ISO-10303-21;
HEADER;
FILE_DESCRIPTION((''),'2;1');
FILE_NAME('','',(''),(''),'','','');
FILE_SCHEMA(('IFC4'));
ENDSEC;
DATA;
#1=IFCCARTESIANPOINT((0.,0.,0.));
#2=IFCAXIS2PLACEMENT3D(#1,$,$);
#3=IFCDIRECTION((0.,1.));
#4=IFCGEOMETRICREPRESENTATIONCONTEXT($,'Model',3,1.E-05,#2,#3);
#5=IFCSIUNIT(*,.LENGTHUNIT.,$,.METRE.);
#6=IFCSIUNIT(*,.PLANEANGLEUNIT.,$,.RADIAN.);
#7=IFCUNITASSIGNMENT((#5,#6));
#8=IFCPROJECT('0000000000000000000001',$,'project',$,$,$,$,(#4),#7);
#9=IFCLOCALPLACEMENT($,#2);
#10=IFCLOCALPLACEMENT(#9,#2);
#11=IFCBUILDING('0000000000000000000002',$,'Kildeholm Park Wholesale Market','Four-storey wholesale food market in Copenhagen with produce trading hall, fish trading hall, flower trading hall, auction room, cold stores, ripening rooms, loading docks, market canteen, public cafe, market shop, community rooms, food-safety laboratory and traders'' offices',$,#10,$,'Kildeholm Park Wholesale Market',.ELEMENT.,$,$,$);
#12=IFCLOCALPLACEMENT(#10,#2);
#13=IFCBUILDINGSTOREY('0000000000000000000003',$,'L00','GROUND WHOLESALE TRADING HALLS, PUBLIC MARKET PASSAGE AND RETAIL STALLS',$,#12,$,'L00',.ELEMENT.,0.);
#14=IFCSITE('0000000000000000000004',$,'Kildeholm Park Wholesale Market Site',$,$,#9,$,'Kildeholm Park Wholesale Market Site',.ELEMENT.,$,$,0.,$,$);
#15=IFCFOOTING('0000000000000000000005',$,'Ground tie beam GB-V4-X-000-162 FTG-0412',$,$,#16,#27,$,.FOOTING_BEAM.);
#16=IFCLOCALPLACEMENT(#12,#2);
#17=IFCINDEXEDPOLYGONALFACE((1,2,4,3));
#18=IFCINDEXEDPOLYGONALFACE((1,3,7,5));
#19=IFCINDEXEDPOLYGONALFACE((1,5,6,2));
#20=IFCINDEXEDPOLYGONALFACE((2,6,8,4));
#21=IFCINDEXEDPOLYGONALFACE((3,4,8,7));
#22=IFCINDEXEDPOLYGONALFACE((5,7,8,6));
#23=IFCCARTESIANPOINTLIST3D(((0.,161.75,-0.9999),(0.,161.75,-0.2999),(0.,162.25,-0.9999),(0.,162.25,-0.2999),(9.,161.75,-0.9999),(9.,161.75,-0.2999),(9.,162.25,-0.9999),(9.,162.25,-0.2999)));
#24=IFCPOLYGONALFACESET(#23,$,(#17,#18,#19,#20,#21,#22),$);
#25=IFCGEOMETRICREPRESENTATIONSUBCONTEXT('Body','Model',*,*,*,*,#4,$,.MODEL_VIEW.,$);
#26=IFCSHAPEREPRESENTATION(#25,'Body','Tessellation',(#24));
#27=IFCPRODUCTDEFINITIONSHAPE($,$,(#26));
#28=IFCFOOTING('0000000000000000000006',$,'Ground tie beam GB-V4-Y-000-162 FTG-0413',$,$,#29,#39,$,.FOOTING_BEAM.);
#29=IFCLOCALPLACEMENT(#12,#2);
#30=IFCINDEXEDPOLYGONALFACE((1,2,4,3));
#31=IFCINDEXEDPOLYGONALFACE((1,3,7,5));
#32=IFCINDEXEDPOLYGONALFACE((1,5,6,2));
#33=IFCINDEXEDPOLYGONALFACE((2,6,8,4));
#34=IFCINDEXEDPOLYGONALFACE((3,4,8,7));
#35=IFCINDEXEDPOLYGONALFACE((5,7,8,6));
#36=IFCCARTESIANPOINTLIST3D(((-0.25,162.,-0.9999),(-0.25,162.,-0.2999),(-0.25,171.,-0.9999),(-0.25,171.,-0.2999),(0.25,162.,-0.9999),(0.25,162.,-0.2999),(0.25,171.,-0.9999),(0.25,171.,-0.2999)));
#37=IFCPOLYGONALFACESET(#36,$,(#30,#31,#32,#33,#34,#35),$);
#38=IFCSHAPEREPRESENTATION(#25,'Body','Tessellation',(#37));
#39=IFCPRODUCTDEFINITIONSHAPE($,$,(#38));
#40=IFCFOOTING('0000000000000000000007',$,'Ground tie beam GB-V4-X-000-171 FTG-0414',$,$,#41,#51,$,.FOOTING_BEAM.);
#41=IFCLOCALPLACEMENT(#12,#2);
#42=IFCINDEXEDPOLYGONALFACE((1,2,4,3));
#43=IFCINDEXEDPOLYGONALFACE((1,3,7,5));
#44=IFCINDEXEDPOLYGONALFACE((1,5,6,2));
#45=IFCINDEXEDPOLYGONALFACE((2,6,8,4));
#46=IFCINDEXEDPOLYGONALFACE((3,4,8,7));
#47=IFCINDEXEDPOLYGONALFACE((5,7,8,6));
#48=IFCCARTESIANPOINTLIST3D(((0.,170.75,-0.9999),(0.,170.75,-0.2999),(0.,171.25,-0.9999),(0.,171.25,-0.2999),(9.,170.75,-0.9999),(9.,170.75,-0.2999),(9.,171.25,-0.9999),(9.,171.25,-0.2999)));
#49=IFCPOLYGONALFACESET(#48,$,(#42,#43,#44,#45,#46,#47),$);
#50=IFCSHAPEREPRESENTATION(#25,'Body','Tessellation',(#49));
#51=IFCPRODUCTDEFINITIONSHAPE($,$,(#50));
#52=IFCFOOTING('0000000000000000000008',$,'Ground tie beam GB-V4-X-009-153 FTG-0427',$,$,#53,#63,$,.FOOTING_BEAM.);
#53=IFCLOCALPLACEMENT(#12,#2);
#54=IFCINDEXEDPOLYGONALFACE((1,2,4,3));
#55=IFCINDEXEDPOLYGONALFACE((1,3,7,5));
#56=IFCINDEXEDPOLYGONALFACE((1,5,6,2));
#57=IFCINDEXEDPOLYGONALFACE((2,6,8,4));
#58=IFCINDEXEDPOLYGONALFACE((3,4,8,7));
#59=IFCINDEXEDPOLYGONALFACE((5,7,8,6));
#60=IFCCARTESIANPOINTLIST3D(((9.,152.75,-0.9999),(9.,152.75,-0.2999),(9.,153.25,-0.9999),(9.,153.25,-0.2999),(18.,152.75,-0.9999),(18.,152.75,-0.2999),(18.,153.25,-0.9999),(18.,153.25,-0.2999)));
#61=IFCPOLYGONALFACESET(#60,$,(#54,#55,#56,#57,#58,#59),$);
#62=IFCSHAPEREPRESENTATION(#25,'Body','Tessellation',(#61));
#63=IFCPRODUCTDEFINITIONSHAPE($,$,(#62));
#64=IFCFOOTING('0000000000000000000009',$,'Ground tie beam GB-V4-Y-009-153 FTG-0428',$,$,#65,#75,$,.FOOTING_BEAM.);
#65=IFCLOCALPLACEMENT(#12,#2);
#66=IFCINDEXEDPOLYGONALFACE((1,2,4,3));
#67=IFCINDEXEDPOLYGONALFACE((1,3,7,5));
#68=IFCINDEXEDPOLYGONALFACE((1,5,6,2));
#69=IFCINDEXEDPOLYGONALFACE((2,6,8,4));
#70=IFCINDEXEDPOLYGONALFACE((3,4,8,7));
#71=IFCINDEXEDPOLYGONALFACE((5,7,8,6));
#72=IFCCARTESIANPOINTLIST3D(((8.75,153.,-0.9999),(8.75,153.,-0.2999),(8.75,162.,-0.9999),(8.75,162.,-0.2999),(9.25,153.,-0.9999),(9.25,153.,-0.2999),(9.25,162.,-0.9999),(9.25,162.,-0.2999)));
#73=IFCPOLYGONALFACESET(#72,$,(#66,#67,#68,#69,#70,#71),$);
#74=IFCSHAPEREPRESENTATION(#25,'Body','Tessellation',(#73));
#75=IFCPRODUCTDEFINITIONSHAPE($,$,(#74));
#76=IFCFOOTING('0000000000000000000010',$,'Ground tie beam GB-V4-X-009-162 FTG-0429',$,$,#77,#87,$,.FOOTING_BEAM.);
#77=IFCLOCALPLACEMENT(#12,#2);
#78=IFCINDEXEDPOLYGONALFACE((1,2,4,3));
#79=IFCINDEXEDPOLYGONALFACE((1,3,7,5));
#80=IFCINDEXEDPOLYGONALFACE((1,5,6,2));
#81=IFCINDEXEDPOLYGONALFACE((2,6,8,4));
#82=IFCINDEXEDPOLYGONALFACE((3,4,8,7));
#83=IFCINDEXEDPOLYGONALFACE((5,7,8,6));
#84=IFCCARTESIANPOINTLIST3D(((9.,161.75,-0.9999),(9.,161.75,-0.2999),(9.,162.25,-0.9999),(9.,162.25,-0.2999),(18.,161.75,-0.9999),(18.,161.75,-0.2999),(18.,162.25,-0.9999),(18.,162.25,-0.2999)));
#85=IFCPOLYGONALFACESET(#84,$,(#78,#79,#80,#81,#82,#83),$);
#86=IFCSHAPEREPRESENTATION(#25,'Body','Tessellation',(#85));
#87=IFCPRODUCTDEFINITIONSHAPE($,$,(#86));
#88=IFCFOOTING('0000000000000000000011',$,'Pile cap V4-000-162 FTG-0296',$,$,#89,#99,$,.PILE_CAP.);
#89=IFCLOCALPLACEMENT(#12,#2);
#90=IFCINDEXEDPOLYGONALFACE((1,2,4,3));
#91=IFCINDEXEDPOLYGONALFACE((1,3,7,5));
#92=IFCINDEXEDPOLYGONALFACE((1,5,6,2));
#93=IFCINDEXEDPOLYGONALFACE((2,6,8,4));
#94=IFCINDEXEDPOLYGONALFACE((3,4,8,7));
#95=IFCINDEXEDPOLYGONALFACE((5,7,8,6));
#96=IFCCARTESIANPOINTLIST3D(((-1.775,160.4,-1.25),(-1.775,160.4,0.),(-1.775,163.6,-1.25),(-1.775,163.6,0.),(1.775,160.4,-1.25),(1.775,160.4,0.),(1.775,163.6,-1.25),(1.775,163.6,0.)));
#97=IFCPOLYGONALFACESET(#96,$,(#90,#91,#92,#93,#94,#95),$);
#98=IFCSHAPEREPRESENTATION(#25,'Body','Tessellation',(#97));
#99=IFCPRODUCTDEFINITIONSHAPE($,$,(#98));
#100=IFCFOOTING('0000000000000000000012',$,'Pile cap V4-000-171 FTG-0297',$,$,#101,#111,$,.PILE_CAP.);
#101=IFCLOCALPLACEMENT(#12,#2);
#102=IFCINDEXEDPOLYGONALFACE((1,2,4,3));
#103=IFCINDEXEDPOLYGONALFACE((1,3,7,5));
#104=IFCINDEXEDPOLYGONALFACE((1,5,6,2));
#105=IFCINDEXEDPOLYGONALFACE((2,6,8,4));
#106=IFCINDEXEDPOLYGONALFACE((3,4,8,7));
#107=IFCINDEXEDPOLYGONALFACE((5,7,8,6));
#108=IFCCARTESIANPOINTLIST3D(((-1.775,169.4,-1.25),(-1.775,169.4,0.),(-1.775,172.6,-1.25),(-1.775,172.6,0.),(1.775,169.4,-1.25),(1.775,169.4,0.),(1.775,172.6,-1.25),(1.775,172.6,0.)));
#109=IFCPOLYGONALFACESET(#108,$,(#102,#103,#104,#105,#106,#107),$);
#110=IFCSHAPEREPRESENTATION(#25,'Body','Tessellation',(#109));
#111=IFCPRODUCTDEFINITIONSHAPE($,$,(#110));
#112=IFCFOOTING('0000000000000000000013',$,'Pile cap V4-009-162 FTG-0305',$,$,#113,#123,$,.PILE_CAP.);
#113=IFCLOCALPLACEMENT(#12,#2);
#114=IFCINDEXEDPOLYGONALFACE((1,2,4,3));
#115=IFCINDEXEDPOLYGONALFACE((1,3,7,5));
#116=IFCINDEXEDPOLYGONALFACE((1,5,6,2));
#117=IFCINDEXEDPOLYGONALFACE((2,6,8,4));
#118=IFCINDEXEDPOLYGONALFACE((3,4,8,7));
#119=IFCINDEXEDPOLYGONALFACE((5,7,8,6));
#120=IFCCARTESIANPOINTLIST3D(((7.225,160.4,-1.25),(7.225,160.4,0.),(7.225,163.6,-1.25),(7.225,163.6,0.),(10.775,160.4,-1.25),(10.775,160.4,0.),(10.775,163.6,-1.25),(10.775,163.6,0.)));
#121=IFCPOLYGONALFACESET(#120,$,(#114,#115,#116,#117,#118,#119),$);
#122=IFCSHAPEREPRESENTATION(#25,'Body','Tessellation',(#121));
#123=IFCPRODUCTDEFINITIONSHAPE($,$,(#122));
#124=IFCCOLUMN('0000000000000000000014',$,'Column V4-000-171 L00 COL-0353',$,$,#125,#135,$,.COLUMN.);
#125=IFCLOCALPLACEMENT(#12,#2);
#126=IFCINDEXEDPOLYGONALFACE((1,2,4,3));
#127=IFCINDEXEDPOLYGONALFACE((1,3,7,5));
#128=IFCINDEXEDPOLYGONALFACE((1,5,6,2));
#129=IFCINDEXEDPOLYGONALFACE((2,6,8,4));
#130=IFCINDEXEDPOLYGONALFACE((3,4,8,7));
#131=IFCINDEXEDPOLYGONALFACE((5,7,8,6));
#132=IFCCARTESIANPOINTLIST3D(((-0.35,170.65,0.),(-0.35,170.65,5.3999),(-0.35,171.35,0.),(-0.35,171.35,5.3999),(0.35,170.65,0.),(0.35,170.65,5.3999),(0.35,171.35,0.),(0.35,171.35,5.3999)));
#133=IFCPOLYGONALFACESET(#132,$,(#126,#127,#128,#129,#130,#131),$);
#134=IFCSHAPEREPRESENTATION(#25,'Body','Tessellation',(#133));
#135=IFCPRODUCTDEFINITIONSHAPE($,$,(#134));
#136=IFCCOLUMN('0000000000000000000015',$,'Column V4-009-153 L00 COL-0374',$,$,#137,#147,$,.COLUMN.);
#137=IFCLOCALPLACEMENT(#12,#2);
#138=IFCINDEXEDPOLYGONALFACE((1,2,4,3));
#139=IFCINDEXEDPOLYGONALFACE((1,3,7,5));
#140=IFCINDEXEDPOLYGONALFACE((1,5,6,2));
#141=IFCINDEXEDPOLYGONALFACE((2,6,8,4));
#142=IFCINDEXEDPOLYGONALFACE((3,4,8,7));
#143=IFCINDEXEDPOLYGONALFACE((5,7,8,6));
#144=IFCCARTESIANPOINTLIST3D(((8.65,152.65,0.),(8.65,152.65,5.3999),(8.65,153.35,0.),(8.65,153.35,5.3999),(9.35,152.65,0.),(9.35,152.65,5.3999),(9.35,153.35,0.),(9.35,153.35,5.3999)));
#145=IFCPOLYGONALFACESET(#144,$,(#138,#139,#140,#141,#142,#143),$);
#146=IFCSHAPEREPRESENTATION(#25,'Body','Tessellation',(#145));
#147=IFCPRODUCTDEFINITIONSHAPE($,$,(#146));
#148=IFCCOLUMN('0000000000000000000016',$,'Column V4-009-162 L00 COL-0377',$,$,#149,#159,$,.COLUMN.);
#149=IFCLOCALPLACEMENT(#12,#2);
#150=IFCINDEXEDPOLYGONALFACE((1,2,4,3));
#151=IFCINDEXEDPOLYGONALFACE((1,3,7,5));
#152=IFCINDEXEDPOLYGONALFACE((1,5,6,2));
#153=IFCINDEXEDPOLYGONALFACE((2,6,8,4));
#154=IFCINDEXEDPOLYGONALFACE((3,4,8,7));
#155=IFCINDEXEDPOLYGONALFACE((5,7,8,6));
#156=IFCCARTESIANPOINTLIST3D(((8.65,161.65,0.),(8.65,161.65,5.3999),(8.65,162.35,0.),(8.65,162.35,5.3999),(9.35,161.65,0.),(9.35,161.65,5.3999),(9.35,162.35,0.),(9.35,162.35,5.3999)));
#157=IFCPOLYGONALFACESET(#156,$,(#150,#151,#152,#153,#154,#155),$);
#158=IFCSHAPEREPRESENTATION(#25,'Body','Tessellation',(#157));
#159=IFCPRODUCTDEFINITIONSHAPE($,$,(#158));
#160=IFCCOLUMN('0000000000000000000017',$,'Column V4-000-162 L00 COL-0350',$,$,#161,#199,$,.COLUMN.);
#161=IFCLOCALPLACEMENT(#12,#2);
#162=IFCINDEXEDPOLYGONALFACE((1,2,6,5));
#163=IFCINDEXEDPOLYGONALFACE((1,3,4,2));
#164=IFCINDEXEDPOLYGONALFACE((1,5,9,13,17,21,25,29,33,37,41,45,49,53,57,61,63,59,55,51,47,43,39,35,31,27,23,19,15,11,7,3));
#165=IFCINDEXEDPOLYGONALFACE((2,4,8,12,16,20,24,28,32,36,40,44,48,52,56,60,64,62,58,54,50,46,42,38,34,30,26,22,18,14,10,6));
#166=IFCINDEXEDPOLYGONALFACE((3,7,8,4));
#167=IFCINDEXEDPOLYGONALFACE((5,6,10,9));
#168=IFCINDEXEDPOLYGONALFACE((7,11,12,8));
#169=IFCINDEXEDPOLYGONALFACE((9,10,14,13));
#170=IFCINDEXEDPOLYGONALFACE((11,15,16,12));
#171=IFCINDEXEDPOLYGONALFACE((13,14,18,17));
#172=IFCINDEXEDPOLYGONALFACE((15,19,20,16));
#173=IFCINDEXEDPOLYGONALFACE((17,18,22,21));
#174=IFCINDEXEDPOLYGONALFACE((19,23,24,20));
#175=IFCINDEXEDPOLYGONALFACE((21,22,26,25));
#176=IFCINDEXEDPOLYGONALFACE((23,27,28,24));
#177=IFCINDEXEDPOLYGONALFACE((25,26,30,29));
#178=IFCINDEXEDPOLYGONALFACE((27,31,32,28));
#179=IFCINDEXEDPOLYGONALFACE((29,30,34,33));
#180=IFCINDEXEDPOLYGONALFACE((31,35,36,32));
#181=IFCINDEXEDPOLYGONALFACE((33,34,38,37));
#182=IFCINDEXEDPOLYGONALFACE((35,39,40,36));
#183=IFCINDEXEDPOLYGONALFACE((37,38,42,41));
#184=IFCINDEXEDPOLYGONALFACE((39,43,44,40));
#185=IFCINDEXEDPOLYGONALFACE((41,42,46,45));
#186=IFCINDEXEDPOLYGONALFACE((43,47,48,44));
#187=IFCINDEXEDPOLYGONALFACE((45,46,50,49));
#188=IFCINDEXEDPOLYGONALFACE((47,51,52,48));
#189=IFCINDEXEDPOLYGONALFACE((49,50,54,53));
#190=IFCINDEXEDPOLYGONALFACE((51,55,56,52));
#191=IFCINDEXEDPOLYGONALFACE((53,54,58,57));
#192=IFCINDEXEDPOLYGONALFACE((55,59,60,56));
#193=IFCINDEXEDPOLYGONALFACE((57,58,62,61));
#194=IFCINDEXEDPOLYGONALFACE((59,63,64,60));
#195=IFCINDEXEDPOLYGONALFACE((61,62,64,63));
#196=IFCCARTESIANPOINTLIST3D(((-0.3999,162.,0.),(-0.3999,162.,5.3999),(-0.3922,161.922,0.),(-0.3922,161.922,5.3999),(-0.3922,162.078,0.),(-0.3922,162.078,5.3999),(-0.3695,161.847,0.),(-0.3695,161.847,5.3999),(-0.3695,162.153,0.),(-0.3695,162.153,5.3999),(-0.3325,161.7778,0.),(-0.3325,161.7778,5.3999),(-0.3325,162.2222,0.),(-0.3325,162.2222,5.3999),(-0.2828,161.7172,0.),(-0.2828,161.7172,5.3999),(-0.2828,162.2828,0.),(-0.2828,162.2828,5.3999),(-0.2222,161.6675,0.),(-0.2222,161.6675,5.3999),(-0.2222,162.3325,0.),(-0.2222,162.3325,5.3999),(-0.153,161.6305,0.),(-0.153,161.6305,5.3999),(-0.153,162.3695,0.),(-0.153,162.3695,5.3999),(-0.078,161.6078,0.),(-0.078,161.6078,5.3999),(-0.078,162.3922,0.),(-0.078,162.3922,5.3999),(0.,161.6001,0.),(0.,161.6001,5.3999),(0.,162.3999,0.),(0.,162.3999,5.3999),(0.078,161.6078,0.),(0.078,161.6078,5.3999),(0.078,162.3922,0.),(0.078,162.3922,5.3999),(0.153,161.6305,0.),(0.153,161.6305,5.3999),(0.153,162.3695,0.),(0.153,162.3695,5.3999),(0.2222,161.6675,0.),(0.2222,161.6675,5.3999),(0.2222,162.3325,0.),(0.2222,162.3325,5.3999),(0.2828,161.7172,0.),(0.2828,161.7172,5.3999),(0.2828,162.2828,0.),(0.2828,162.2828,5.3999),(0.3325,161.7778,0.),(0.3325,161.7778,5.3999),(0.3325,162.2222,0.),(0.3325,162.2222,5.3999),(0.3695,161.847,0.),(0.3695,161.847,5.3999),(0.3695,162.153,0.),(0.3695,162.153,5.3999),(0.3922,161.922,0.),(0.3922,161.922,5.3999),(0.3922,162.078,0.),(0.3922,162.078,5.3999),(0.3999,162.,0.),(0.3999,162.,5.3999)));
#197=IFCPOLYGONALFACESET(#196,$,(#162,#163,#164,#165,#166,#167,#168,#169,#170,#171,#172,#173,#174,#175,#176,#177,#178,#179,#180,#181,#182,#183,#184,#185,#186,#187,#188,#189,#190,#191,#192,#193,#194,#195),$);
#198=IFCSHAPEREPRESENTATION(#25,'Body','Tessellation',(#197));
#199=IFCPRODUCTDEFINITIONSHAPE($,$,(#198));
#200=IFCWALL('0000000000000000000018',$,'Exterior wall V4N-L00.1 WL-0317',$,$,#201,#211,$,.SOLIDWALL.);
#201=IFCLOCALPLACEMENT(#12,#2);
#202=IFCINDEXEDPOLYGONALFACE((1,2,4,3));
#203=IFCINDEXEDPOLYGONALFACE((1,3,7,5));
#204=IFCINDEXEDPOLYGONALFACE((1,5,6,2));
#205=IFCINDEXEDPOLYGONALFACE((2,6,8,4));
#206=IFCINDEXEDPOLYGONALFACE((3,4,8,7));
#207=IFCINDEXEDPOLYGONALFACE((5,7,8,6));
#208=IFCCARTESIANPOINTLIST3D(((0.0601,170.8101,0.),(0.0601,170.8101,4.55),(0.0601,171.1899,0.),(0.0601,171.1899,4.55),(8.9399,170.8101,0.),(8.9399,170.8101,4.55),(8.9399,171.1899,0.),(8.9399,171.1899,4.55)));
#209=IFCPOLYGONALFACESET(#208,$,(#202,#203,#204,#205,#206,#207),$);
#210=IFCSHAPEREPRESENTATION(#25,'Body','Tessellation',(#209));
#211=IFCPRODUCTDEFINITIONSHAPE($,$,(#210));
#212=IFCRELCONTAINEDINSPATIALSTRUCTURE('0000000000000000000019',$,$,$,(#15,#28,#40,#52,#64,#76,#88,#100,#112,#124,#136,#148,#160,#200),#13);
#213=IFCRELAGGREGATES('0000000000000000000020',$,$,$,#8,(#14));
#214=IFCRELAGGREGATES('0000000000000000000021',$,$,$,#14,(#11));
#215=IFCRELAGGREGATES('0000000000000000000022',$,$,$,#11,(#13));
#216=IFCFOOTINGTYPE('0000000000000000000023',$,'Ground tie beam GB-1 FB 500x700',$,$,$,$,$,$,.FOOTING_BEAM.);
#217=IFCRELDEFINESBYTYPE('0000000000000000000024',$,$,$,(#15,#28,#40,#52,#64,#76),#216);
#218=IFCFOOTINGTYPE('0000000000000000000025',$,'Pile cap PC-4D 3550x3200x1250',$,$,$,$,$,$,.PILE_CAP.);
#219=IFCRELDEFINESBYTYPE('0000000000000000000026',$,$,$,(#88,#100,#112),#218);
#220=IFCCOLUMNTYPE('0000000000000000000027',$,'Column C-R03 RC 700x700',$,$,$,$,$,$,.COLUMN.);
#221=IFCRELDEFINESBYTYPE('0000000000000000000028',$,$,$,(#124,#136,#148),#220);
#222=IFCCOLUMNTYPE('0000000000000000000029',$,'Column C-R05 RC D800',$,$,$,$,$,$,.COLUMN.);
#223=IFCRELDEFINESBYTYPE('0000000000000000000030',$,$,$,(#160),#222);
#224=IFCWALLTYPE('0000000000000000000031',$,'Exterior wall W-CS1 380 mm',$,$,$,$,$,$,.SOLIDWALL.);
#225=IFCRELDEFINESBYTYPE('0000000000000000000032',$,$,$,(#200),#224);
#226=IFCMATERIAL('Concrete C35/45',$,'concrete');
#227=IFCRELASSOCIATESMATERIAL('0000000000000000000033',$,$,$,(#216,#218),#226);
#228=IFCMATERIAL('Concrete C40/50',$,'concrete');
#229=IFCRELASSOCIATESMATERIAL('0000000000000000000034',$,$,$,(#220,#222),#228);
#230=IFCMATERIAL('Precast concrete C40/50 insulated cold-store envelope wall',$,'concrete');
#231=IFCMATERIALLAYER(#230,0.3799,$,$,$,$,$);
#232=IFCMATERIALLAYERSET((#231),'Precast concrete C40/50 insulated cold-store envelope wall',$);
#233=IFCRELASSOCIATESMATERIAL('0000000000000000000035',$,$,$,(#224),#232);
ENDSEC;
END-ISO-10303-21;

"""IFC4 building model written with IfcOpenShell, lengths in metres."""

from ifc_helpers import new_model, si_unit, direction, frame, frame_2d, origin, origin_2d, place, context, subcontext, project, spatial, rectangle, circle, extrude, material, layer, layer_set, material_profile, profile_set, type_object, element, save


model = new_model("IFC4")

# Units and contexts
model_context = context("Model", 3, precision=1e-05, world=origin(), true_north=direction((0.0, 1.0)))
body_context = subcontext(model_context, "Body", "Model", "MODEL_VIEW")
ifc_project = project(units=[si_unit("LENGTHUNIT", "METRE"), si_unit("PLANEANGLEUNIT", "RADIAN")], contexts=[model_context])

# Site, building, storey
site_placement = place(None, origin())
site = spatial("IfcSite", under=ifc_project, at=site_placement, Name="Kildeholm Park Wholesale Market Site", LongName="Kildeholm Park Wholesale Market Site", CompositionType="ELEMENT", RefElevation=0.0)
building_placement = place(site_placement, origin())
building = spatial("IfcBuilding", under=site, at=building_placement, Name="Kildeholm Park Wholesale Market", Description="Four-storey wholesale food market in Copenhagen with produce trading hall, fish trading hall, flower trading hall, auction room, cold stores, ripening rooms, loading docks, market canteen, public cafe, market shop, community rooms, food-safety laboratory and traders' offices", LongName="Kildeholm Park Wholesale Market", CompositionType="ELEMENT")
storey_placement = place(building_placement, origin())
storey = spatial("IfcBuildingStorey", under=building, at=storey_placement, Name="L00", Description="GROUND WHOLESALE TRADING HALLS, PUBLIC MARKET PASSAGE AND RETAIL STALLS", LongName="L00", CompositionType="ELEMENT", Elevation=0.0)

# Shared definitions
ifc_material_1 = material(Name="Concrete C35/45", Category="concrete")

# Footings
ifc_material_profile_1 = material_profile(ifc_material_1, rectangle(XDim=0.5, YDim=0.7, at=origin_2d()), Name="FB 500x700")
ifc_profile_set_1 = profile_set([ifc_material_profile_1], Name="Concrete C35/45")
footing_type_1 = type_object("IfcFootingType", Name="Ground tie beam GB-1 FB 500x700", PredefinedType="FOOTING_BEAM", material=ifc_profile_set_1)
for number, where, z_axis, x_axis, name in (
    (1, (0.0, 162.0, -0.6499), (1.0, 0.0, 0.0), (0.0, 1.0, 0.0), "Ground tie beam GB-V4-X-000-162 FTG-0412"),
    (2, (0.0, 162.0, -0.6499), (0.0, 1.0, 0.0), (-1.0, 0.0, 0.0), "Ground tie beam GB-V4-Y-000-162 FTG-0413"),
    (3, (0.0, 171.0, -0.6499), (1.0, 0.0, 0.0), (0.0, 1.0, 0.0), "Ground tie beam GB-V4-X-000-171 FTG-0414"),
    (4, (9.0, 153.0, -0.6499), (1.0, 0.0, 0.0), (0.0, 1.0, 0.0), "Ground tie beam GB-V4-X-009-153 FTG-0427"),
    (5, (9.0, 153.0, -0.6499), (0.0, 1.0, 0.0), (-1.0, 0.0, 0.0), "Ground tie beam GB-V4-Y-009-153 FTG-0428"),
    (6, (9.0, 162.0, -0.6499), (1.0, 0.0, 0.0), (0.0, 1.0, 0.0), "Ground tie beam GB-V4-X-009-162 FTG-0429"),
):
    element("IfcFooting", number, at=place(storey_placement, frame(where, z_axis=z_axis, x_axis=x_axis)), inside=storey, type_object=footing_type_1, Name=name, PredefinedType="FOOTING_BEAM", context=body_context, shape_type="SweptSolid", body=[
        extrude(rectangle(XDim=0.5, YDim=0.7, at=origin_2d()), origin(), (0.0, 0.0, 1.0), 9.0),
    ])
footing_type_2 = type_object("IfcFootingType", Name="Pile cap PC-4D 3550x3200x1250", PredefinedType="PILE_CAP", material=ifc_material_1)
for number, where, z_axis, x_axis, name in (
    (7, (0.0, 162.0, -1.25), (0.0, 0.0, 1.0), (1.0, 0.0, 0.0), "Pile cap V4-000-162 FTG-0296"),
    (8, (0.0, 171.0, -1.25), (0.0, 0.0, 1.0), (1.0, 0.0, 0.0), "Pile cap V4-000-171 FTG-0297"),
    (9, (9.0, 162.0, -1.25), (0.0, 0.0, 1.0), (1.0, 0.0, 0.0), "Pile cap V4-009-162 FTG-0305"),
):
    element("IfcFooting", number, at=place(storey_placement, frame(where, z_axis=z_axis, x_axis=x_axis)), inside=storey, type_object=footing_type_2, Name=name, PredefinedType="PILE_CAP", context=body_context, shape_type="SweptSolid", body=[
        extrude(rectangle(XDim=3.55, YDim=3.2, at=origin_2d()), origin(), (0.0, 0.0, 1.0), 1.25),
    ])

# Columns
ifc_material_2 = material(Name="Concrete C40/50", Category="concrete")
ifc_material_profile_2 = material_profile(ifc_material_2, rectangle(XDim=0.7, YDim=0.7, at=origin_2d()), Name="RC 700x700")
ifc_profile_set_2 = profile_set([ifc_material_profile_2], Name="Concrete C40/50")
column_type_1 = type_object("IfcColumnType", Name="Column C-R03 RC 700x700", PredefinedType="COLUMN", material=ifc_profile_set_2)
for number, where, z_axis, x_axis, name in (
    (10, (0.0, 171.0, 0.0), (0.0, 0.0, 1.0), (1.0, 0.0, 0.0), "Column V4-000-171 L00 COL-0353"),
    (11, (9.0, 153.0, 0.0), (0.0, 0.0, 1.0), (1.0, 0.0, 0.0), "Column V4-009-153 L00 COL-0374"),
    (12, (9.0, 162.0, 0.0), (0.0, 0.0, 1.0), (1.0, 0.0, 0.0), "Column V4-009-162 L00 COL-0377"),
):
    element("IfcColumn", number, at=place(storey_placement, frame(where, z_axis=z_axis, x_axis=x_axis)), inside=storey, type_object=column_type_1, Name=name, PredefinedType="COLUMN", context=body_context, shape_type="SweptSolid", body=[
        extrude(rectangle(XDim=0.7, YDim=0.7, at=origin_2d()), origin(), (0.0, 0.0, 1.0), 5.3999),
    ])
ifc_material_profile_3 = material_profile(ifc_material_2, circle(Radius=0.3999, at=origin_2d()), Name="RC D800")
ifc_profile_set_3 = profile_set([ifc_material_profile_3], Name="Concrete C40/50")
column_type_2 = type_object("IfcColumnType", Name="Column C-R05 RC D800", PredefinedType="COLUMN", material=ifc_profile_set_3)
column_placement = place(storey_placement, frame((0.0, 162.0, 0.0), z_axis=(0.0, 0.0, 1.0), x_axis=(1.0, 0.0, 0.0)))
element("IfcColumn", 13, at=column_placement, inside=storey, type_object=column_type_2, Name="Column V4-000-162 L00 COL-0350", PredefinedType="COLUMN", context=body_context, shape_type="SweptSolid", body=[
    extrude(circle(Radius=0.3999, at=origin_2d()), origin(), (0.0, 0.0, 1.0), 5.3999),
])

# Wall
ifc_material_3 = material(Name="Precast concrete C40/50 insulated cold-store envelope wall", Category="concrete")
ifc_layer_1 = layer(ifc_material_3, 0.3799)
ifc_layer_set_1 = layer_set([ifc_layer_1], Name="Precast concrete C40/50 insulated cold-store envelope wall")
wall_type_1 = type_object("IfcWallType", Name="Exterior wall W-CS1 380 mm", PredefinedType="SOLIDWALL", material=ifc_layer_set_1)
wall_placement = place(storey_placement, frame((0.0601, 171.0, 0.0), z_axis=(0.0, 0.0, 1.0), x_axis=(1.0, 0.0, 0.0)))
element("IfcWall", 14, at=wall_placement, inside=storey, type_object=wall_type_1, Name="Exterior wall V4N-L00.1 WL-0317", PredefinedType="SOLIDWALL", context=body_context, shape_type="SweptSolid", body=[
    extrude(rectangle(XDim=8.8799, YDim=0.3799, at=frame_2d((4.4399, 0.0))), origin(), (0.0, 0.0, 1.0), 4.55),
])

save(model, "model.ifc")
